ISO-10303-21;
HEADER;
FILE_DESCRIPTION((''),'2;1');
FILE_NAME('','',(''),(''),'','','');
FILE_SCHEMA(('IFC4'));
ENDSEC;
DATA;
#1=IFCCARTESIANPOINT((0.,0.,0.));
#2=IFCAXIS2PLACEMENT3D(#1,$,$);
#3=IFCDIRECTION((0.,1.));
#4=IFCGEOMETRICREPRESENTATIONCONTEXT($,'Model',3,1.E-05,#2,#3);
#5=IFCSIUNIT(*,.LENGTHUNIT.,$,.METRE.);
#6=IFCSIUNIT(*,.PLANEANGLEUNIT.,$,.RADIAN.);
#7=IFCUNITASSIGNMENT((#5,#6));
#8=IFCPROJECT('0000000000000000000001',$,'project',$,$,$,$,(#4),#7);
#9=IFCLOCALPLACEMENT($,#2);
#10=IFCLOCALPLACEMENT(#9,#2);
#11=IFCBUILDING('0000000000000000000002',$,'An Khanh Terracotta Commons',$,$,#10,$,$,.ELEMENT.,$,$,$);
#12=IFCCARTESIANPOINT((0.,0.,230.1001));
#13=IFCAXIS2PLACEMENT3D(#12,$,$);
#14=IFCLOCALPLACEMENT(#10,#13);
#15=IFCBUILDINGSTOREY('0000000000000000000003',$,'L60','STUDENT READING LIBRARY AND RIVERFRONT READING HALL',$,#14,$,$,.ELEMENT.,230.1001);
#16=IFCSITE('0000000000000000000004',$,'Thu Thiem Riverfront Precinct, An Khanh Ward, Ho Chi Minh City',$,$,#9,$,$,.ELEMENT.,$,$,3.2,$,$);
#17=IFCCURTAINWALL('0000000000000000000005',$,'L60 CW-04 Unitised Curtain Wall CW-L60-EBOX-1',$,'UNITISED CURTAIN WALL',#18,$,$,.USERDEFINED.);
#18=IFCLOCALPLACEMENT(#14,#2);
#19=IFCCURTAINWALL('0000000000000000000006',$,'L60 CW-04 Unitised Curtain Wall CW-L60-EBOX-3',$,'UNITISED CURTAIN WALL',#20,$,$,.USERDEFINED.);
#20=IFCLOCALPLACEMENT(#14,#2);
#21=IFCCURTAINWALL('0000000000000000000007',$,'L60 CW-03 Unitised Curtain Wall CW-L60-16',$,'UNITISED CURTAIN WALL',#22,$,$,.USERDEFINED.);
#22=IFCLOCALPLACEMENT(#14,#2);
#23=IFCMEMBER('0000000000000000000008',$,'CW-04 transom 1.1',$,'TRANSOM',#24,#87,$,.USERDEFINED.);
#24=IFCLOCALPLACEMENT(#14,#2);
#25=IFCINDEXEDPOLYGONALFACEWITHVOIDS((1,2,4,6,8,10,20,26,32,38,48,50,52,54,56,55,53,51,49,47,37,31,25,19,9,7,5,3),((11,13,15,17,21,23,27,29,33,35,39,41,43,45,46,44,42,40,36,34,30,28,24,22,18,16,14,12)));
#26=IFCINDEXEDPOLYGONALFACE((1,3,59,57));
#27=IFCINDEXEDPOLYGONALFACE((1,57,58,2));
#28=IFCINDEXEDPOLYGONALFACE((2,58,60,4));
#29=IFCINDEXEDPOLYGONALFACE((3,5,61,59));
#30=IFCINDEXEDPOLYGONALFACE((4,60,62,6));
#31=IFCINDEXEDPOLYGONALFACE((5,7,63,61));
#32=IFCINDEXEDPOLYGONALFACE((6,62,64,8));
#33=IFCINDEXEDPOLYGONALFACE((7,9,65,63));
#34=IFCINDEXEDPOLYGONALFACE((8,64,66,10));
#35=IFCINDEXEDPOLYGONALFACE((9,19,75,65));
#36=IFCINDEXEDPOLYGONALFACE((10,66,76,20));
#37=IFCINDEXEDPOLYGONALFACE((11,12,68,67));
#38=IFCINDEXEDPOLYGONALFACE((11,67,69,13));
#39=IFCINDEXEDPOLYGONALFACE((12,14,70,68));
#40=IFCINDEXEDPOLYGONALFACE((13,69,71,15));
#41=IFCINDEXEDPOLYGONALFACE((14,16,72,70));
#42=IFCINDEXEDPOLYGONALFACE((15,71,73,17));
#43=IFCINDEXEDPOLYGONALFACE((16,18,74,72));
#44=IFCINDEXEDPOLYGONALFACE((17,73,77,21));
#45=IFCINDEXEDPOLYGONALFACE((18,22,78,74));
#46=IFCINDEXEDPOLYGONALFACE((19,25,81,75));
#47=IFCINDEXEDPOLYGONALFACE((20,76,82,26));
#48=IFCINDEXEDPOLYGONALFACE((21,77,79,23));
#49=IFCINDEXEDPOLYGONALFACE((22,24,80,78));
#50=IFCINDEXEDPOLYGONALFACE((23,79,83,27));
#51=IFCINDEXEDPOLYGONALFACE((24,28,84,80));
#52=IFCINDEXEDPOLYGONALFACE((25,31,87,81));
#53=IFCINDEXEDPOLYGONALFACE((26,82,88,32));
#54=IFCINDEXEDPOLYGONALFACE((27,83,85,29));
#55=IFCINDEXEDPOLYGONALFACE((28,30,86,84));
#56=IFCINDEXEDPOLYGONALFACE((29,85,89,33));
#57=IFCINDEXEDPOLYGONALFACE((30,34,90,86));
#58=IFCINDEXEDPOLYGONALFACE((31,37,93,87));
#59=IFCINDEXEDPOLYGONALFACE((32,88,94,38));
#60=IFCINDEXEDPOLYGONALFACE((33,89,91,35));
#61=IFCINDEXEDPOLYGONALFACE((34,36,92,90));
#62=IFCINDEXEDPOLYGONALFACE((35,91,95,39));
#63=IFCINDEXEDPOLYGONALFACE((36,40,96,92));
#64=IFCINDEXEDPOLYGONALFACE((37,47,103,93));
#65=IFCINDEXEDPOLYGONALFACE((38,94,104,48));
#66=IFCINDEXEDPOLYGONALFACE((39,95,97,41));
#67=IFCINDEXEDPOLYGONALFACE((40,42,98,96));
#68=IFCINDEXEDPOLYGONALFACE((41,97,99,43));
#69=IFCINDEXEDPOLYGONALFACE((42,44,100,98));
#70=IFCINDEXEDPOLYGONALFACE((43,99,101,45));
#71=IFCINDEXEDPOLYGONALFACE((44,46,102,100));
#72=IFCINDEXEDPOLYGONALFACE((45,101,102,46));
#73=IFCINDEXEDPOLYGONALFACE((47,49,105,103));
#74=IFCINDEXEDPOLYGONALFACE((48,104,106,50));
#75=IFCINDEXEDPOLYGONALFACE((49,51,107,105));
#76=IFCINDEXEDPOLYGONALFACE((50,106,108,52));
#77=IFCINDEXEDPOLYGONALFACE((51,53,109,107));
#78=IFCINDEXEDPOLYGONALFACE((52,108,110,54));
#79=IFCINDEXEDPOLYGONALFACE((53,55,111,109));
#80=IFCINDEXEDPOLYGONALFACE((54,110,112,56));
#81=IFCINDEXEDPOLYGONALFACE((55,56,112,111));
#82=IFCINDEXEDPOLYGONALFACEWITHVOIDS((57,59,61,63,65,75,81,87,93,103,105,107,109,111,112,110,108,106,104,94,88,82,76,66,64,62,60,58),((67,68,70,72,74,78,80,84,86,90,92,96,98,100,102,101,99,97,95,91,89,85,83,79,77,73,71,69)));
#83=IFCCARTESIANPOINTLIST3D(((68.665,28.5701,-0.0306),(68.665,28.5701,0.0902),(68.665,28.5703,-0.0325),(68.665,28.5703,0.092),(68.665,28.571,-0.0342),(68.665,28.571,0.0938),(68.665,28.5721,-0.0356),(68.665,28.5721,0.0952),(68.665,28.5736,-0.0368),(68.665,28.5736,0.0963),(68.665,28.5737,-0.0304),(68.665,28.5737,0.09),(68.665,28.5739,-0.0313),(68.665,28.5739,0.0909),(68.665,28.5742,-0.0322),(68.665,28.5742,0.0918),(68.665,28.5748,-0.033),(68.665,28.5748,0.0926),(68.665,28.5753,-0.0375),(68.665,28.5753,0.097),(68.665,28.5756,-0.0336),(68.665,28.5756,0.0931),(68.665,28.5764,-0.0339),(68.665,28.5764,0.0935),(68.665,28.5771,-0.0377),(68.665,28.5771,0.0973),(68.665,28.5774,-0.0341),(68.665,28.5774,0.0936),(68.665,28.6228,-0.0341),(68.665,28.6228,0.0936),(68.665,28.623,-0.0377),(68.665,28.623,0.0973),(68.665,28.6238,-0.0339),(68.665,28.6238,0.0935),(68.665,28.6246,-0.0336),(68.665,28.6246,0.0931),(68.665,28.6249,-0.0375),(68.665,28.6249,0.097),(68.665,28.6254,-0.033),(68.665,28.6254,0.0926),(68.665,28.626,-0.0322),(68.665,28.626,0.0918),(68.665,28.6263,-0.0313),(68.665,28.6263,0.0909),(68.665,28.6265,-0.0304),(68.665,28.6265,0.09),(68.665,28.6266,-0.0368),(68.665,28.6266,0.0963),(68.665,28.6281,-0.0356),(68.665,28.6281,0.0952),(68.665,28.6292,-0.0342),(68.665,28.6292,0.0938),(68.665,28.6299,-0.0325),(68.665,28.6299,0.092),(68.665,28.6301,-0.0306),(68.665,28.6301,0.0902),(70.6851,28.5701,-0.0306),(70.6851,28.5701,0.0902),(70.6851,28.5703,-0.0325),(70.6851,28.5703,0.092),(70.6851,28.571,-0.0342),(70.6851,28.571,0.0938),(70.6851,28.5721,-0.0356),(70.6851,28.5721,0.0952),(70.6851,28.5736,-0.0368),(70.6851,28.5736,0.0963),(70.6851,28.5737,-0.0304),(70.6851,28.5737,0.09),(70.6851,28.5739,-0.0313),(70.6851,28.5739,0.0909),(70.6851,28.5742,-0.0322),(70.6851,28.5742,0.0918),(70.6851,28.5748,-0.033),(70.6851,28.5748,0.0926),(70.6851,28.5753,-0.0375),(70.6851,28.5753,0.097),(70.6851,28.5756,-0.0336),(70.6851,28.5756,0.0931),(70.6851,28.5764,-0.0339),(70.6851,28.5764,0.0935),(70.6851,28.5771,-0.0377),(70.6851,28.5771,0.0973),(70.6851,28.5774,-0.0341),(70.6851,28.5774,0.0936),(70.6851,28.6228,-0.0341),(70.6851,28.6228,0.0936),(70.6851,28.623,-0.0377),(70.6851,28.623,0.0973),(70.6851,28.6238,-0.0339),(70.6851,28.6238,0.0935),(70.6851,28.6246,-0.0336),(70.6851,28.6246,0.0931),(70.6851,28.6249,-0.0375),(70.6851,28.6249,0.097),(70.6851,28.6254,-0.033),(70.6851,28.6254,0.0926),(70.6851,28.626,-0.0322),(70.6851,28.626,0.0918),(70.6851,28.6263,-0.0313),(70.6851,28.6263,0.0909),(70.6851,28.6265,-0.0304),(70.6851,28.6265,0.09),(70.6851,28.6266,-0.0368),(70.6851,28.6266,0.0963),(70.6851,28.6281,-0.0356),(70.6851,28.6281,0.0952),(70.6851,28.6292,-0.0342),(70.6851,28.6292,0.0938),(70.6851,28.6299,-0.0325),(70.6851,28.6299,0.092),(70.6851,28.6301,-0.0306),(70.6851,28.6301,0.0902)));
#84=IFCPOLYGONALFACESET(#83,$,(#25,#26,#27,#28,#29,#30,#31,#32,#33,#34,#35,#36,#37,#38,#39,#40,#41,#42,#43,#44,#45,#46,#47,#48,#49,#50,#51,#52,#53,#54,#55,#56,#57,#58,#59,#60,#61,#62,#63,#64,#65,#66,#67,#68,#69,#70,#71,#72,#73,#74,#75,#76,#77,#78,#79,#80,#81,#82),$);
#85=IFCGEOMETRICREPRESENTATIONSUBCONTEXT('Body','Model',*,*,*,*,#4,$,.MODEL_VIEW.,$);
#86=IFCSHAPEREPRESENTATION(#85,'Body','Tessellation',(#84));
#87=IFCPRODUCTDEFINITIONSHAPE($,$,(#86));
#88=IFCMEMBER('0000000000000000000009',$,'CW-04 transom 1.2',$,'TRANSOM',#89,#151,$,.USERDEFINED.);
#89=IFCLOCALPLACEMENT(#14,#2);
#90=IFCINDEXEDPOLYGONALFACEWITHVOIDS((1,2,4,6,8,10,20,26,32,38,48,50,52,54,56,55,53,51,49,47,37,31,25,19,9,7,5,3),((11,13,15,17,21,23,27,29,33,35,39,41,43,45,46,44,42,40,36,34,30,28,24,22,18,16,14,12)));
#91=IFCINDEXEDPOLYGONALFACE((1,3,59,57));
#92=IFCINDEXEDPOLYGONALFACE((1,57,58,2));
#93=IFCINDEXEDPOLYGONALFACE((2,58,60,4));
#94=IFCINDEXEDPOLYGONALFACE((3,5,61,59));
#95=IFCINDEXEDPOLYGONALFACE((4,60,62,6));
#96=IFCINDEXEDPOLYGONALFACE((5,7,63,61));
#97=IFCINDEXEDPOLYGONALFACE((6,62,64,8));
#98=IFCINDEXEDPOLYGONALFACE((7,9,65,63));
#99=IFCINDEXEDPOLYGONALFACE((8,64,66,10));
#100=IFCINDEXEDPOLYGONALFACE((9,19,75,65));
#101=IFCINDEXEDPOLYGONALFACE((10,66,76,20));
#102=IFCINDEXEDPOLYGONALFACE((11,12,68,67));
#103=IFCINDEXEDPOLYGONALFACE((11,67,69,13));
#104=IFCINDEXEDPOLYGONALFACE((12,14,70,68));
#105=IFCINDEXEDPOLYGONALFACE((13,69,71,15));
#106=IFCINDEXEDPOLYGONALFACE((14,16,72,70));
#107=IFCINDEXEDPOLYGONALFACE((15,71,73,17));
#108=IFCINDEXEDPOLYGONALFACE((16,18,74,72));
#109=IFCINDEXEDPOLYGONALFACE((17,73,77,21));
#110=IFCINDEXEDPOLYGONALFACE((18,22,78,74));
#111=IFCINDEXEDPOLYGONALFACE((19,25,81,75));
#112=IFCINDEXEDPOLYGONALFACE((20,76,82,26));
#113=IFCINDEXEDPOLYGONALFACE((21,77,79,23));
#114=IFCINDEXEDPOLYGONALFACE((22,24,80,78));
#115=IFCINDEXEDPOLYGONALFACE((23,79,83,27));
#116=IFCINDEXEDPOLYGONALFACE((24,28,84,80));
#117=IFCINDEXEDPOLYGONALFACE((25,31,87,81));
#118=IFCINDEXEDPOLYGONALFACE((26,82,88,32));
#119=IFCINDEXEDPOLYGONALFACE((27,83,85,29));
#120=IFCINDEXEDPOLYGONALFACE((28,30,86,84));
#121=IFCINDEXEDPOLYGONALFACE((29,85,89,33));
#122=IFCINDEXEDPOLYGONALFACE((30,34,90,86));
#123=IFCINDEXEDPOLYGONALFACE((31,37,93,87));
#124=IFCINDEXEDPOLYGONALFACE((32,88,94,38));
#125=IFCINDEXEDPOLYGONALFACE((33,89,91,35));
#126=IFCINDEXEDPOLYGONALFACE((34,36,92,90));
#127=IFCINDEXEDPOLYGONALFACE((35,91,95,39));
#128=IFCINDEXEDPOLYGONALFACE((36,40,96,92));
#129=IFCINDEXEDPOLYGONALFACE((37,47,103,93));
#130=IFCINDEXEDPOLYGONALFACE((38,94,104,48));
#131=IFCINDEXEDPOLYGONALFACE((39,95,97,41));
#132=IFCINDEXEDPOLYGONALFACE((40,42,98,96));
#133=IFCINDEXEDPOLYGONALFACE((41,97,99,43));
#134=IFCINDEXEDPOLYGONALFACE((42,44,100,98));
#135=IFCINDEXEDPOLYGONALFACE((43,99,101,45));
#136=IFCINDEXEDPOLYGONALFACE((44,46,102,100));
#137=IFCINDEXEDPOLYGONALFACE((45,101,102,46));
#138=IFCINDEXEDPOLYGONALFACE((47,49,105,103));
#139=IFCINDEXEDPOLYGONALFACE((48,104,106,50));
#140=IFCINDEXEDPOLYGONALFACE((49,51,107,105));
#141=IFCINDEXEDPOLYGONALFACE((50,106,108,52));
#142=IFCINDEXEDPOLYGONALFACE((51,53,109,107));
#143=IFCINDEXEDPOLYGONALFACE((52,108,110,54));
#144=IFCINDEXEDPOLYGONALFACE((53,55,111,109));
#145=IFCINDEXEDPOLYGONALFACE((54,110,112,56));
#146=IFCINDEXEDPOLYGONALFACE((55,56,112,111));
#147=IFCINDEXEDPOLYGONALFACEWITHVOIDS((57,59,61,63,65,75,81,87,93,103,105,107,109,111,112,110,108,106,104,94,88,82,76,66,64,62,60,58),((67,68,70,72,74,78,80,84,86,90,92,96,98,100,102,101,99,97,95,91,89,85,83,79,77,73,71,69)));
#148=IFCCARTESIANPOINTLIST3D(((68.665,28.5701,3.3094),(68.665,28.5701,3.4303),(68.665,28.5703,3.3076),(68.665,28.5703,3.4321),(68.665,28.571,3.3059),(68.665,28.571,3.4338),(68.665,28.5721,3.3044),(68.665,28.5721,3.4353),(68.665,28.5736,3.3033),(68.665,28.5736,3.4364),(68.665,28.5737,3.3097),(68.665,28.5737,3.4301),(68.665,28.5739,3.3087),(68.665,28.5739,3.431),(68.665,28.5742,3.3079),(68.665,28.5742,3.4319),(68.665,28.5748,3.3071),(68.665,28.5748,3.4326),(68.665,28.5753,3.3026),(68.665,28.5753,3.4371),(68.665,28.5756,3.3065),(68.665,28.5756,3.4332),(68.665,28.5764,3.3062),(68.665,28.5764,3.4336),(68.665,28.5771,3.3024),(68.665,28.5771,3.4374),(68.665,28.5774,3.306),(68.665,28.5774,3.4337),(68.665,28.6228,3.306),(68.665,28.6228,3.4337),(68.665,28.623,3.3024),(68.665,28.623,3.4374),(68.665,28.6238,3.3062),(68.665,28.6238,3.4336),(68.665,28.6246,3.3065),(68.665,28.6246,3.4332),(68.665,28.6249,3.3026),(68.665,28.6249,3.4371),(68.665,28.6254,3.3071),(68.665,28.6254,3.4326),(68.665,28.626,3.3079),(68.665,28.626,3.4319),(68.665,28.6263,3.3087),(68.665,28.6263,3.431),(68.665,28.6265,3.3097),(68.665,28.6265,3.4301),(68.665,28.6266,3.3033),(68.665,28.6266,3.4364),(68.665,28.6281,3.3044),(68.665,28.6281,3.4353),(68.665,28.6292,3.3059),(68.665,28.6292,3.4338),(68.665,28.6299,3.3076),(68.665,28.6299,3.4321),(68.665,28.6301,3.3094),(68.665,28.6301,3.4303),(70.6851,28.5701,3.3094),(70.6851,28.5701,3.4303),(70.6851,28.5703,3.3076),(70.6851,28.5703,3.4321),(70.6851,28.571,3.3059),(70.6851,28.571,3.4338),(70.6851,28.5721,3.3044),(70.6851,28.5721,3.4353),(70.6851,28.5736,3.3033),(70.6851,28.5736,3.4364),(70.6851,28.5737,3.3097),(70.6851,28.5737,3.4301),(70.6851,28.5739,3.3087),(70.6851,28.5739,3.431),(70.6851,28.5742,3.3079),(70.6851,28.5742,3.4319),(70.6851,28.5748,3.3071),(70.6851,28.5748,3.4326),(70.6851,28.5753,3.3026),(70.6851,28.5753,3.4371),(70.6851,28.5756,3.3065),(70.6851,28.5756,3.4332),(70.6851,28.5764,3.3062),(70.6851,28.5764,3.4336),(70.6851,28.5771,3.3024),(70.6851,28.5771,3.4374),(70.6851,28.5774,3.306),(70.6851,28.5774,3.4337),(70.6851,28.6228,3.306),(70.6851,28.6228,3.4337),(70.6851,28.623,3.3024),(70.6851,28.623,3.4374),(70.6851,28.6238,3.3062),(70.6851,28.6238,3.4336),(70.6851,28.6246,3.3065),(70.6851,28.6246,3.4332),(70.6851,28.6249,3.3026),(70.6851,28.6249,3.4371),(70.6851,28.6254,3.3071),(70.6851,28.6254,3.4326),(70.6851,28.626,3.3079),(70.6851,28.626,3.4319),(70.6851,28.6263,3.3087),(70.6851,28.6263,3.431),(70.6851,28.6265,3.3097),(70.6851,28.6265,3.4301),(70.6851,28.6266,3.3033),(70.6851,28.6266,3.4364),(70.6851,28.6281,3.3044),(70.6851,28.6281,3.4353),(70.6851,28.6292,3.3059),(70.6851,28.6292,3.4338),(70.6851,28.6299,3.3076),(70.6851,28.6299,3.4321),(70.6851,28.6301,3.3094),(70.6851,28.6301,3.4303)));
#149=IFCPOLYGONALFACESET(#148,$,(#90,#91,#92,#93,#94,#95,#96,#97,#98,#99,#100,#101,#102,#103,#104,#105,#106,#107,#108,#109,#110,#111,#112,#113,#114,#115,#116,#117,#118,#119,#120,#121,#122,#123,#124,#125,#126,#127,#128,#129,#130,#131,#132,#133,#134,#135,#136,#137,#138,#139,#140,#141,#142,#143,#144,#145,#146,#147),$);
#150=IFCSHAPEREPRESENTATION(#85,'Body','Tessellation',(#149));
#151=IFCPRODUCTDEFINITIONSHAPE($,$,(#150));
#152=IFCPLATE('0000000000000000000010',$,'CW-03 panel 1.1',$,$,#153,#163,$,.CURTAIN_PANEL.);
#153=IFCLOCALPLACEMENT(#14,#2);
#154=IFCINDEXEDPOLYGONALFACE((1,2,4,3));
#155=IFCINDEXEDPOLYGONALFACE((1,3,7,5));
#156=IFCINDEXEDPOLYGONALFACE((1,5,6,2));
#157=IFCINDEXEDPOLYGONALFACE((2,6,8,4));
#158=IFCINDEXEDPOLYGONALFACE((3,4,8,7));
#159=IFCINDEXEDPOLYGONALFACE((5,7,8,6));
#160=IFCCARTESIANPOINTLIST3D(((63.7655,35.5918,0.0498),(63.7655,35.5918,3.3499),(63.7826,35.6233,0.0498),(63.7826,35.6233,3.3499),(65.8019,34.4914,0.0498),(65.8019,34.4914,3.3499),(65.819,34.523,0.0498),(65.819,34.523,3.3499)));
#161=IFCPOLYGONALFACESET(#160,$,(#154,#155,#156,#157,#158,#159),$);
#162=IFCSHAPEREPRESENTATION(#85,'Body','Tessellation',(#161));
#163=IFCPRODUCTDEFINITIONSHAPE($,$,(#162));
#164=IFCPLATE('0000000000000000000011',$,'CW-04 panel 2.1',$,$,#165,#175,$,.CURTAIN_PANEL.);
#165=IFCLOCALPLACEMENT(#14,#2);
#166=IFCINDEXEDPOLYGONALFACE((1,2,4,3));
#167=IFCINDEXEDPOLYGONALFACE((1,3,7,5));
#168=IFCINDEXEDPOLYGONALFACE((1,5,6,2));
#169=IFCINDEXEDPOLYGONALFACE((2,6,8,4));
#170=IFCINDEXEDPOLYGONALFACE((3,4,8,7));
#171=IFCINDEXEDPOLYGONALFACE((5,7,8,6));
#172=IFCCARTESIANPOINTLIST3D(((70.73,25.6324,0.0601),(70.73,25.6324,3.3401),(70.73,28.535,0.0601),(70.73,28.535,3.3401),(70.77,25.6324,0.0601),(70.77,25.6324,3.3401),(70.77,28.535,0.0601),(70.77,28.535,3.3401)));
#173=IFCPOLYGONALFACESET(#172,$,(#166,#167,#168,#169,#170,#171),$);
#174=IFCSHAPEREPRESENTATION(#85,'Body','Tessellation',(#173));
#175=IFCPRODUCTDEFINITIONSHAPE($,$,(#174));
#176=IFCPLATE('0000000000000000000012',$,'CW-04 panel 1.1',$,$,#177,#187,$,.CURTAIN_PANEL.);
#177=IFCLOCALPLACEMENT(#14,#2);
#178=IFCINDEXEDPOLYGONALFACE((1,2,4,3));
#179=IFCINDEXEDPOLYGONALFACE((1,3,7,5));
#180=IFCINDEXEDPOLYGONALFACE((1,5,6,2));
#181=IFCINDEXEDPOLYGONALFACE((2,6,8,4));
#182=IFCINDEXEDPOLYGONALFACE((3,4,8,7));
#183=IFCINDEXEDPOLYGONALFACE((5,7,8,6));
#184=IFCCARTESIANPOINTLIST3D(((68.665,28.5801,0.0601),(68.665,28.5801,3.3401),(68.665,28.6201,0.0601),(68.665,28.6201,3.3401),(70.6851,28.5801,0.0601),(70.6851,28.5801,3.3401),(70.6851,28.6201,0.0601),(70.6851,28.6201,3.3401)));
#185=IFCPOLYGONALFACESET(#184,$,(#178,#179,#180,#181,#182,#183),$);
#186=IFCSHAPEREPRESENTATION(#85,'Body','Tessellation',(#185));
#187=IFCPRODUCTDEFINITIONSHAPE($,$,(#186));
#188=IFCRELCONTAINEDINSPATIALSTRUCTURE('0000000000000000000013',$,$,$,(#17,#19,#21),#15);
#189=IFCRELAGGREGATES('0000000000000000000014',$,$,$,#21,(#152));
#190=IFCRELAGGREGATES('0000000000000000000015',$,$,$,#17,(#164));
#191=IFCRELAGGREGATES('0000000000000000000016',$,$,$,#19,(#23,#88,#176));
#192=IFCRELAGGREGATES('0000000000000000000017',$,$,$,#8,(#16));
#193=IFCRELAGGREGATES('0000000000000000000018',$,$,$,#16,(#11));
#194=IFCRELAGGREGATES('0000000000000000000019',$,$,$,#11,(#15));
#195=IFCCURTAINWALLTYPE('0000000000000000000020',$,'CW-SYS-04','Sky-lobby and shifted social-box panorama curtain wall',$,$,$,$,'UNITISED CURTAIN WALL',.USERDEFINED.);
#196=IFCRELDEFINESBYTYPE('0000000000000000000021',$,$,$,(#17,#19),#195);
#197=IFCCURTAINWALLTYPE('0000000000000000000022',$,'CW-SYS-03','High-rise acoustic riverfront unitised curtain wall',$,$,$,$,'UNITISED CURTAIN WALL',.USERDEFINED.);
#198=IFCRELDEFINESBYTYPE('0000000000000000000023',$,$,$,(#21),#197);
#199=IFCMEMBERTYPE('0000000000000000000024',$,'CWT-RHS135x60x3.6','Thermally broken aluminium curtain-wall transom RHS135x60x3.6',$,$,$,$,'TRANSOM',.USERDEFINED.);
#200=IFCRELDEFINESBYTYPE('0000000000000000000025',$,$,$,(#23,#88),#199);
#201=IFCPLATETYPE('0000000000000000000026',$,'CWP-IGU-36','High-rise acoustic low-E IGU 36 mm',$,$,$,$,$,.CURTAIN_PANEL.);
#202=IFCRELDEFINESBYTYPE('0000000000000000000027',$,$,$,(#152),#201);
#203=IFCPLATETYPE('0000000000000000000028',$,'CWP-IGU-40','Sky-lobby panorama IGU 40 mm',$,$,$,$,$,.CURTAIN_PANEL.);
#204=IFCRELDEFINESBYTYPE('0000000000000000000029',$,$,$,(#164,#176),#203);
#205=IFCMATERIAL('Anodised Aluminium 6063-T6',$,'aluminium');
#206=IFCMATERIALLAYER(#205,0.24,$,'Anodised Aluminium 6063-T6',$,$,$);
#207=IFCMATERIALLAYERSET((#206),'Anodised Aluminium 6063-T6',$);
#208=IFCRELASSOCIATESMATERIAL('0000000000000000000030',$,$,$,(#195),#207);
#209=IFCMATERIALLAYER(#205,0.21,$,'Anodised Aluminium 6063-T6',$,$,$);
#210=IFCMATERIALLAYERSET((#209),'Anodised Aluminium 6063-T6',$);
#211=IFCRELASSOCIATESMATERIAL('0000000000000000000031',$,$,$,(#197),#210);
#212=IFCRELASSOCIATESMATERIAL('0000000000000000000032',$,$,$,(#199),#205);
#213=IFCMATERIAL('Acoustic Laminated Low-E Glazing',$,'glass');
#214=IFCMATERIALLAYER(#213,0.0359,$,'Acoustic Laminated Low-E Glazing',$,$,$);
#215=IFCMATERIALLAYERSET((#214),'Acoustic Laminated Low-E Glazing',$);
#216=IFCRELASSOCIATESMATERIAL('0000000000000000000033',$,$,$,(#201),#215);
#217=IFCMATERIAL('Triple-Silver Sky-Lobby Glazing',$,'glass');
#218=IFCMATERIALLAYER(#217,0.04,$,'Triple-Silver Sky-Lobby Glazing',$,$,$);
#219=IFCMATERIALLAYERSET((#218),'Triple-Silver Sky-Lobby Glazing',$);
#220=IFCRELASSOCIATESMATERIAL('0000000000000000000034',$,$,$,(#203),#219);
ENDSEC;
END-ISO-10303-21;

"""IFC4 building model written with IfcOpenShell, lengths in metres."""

from ifc_helpers import new_model, si_unit, direction, frame, origin, origin_2d, place, context, subcontext, project, spatial, rectangle, hollow_rectangle, extrude, material, layer, layer_set, material_profile, profile_set, type_object, element, aggregate, save


model = new_model("IFC4")

# Units and contexts
model_context = context("Model", 3, precision=1e-05, world=origin(), true_north=direction((0.0, 1.0)))
body_context = subcontext(model_context, "Body", "Model", "MODEL_VIEW")
ifc_project = project(units=[si_unit("LENGTHUNIT", "METRE"), si_unit("PLANEANGLEUNIT", "RADIAN")], contexts=[model_context])

# Site, building, storey
site_placement = place(None, origin())
site = spatial("IfcSite", under=ifc_project, at=site_placement, Name="Thu Thiem Riverfront Precinct, An Khanh Ward, Ho Chi Minh City", CompositionType="ELEMENT", RefElevation=3.2)
building_placement = place(site_placement, origin())
building = spatial("IfcBuilding", under=site, at=building_placement, Name="An Khanh Terracotta Commons", CompositionType="ELEMENT")
storey_placement = place(building_placement, frame((0.0, 0.0, 230.1001)))
storey = spatial("IfcBuildingStorey", under=building, at=storey_placement, Name="L60", Description="STUDENT READING LIBRARY AND RIVERFRONT READING HALL", CompositionType="ELEMENT", Elevation=230.1001)

# Curtain walls
ifc_material_1 = material(Name="Anodised Aluminium 6063-T6", Category="aluminium")
ifc_layer_1 = layer(ifc_material_1, 0.24, Name="Anodised Aluminium 6063-T6")
ifc_layer_set_1 = layer_set([ifc_layer_1], Name="Anodised Aluminium 6063-T6")
curtain_wall_type_1 = type_object("IfcCurtainWallType", Name="CW-SYS-04", Description="Sky-lobby and shifted social-box panorama curtain wall", ElementType="UNITISED CURTAIN WALL", PredefinedType="USERDEFINED", material=ifc_layer_set_1)
curtain_wall_1_placement = place(storey_placement, origin())
curtain_wall_1 = element("IfcCurtainWall", 1, at=curtain_wall_1_placement, inside=storey, type_object=curtain_wall_type_1, Name="L60 CW-04 Unitised Curtain Wall CW-L60-EBOX-1", ObjectType="UNITISED CURTAIN WALL", PredefinedType="USERDEFINED")
curtain_wall_2_placement = place(storey_placement, origin())
curtain_wall_2 = element("IfcCurtainWall", 2, at=curtain_wall_2_placement, inside=storey, type_object=curtain_wall_type_1, Name="L60 CW-04 Unitised Curtain Wall CW-L60-EBOX-3", ObjectType="UNITISED CURTAIN WALL", PredefinedType="USERDEFINED")
ifc_layer_2 = layer(ifc_material_1, 0.21, Name="Anodised Aluminium 6063-T6")
ifc_layer_set_2 = layer_set([ifc_layer_2], Name="Anodised Aluminium 6063-T6")
curtain_wall_type_2 = type_object("IfcCurtainWallType", Name="CW-SYS-03", Description="High-rise acoustic riverfront unitised curtain wall", ElementType="UNITISED CURTAIN WALL", PredefinedType="USERDEFINED", material=ifc_layer_set_2)
curtain_wall_3_placement = place(storey_placement, origin())
curtain_wall_3 = element("IfcCurtainWall", 3, at=curtain_wall_3_placement, inside=storey, type_object=curtain_wall_type_2, Name="L60 CW-03 Unitised Curtain Wall CW-L60-16", ObjectType="UNITISED CURTAIN WALL", PredefinedType="USERDEFINED")

# Members
ifc_material_profile_1 = material_profile(ifc_material_1, hollow_rectangle(XDim=0.0601, YDim=0.135, WallThickness=0.0037, InnerFilletRadius=0.0037, OuterFilletRadius=0.0071, at=origin_2d()), Name="RHS135x60x3.6")
ifc_profile_set_1 = profile_set([ifc_material_profile_1], Name="Anodised Aluminium 6063-T6")
member_type_1 = type_object("IfcMemberType", Name="CWT-RHS135x60x3.6", Description="Thermally broken aluminium curtain-wall transom RHS135x60x3.6", ElementType="TRANSOM", PredefinedType="USERDEFINED", material=ifc_profile_set_1)
member_1_placement = place(storey_placement, frame((70.6851, 28.6001, 0.0298), z_axis=(-1.0, 0.0, 0.0), x_axis=(0.0, -1.0, 0.0)))
member_1 = element("IfcMember", 4, at=member_1_placement, type_object=member_type_1, Name="CW-04 transom 1.1", ObjectType="TRANSOM", PredefinedType="USERDEFINED", context=body_context, shape_type="SweptSolid", body=[
    extrude(hollow_rectangle(XDim=0.0601, YDim=0.135, WallThickness=0.0037, InnerFilletRadius=0.0037, OuterFilletRadius=0.0071, at=origin_2d()), origin(), (0.0, 0.0, 1.0), 2.02),
])
member_2_placement = place(storey_placement, frame((70.6851, 28.6001, 3.3699), z_axis=(-1.0, 0.0, 0.0), x_axis=(0.0, -1.0, 0.0)))
member_2 = element("IfcMember", 5, at=member_2_placement, type_object=member_type_1, Name="CW-04 transom 1.2", ObjectType="TRANSOM", PredefinedType="USERDEFINED", context=body_context, shape_type="SweptSolid", body=[
    extrude(hollow_rectangle(XDim=0.0601, YDim=0.135, WallThickness=0.0037, InnerFilletRadius=0.0037, OuterFilletRadius=0.0071, at=origin_2d()), origin(), (0.0, 0.0, 1.0), 2.02),
])

# Plates
ifc_material_2 = material(Name="Acoustic Laminated Low-E Glazing", Category="glass")
ifc_layer_3 = layer(ifc_material_2, 0.0359, Name="Acoustic Laminated Low-E Glazing")
ifc_layer_set_3 = layer_set([ifc_layer_3], Name="Acoustic Laminated Low-E Glazing")
plate_type_1 = type_object("IfcPlateType", Name="CWP-IGU-36", Description="High-rise acoustic low-E IGU 36 mm", PredefinedType="CURTAIN_PANEL", material=ifc_layer_set_3)
plate_1_placement = place(storey_placement, frame((64.7922, 35.0574, 0.0498), z_axis=(0.0, 0.0, 1.0), x_axis=(-0.87978, 0.475381, 0.0)))
plate_1 = element("IfcPlate", 6, at=plate_1_placement, type_object=plate_type_1, Name="CW-03 panel 1.1", PredefinedType="CURTAIN_PANEL", context=body_context, shape_type="SweptSolid", body=[
    extrude(rectangle(XDim=2.3147, YDim=0.0359, at=origin_2d()), origin(), (0.0, 0.0, 1.0), 3.3),
])
aggregate(curtain_wall_3, [plate_1])
ifc_material_3 = material(Name="Triple-Silver Sky-Lobby Glazing", Category="glass")
ifc_layer_4 = layer(ifc_material_3, 0.04, Name="Triple-Silver Sky-Lobby Glazing")
ifc_layer_set_4 = layer_set([ifc_layer_4], Name="Triple-Silver Sky-Lobby Glazing")
plate_type_2 = type_object("IfcPlateType", Name="CWP-IGU-40", Description="Sky-lobby panorama IGU 40 mm", PredefinedType="CURTAIN_PANEL", material=ifc_layer_set_4)
plate_2_placement = place(storey_placement, frame((70.75, 27.0837, 0.0601), z_axis=(0.0, 0.0, 1.0), x_axis=(0.0, 1.0, 0.0)))
plate_2 = element("IfcPlate", 7, at=plate_2_placement, type_object=plate_type_2, Name="CW-04 panel 2.1", PredefinedType="CURTAIN_PANEL", context=body_context, shape_type="SweptSolid", body=[
    extrude(rectangle(XDim=2.9026, YDim=0.04, at=origin_2d()), origin(), (0.0, 0.0, 1.0), 3.28),
])
aggregate(curtain_wall_1, [plate_2])
plate_3_placement = place(storey_placement, frame((69.675, 28.6001, 0.0601), z_axis=(0.0, 0.0, 1.0), x_axis=(-1.0, 0.0, 0.0)))
plate_3 = element("IfcPlate", 8, at=plate_3_placement, type_object=plate_type_2, Name="CW-04 panel 1.1", PredefinedType="CURTAIN_PANEL", context=body_context, shape_type="SweptSolid", body=[
    extrude(rectangle(XDim=2.02, YDim=0.04, at=origin_2d()), origin(), (0.0, 0.0, 1.0), 3.28),
])
aggregate(curtain_wall_2, [member_1, member_2, plate_3])

save(model, "model.ifc")
